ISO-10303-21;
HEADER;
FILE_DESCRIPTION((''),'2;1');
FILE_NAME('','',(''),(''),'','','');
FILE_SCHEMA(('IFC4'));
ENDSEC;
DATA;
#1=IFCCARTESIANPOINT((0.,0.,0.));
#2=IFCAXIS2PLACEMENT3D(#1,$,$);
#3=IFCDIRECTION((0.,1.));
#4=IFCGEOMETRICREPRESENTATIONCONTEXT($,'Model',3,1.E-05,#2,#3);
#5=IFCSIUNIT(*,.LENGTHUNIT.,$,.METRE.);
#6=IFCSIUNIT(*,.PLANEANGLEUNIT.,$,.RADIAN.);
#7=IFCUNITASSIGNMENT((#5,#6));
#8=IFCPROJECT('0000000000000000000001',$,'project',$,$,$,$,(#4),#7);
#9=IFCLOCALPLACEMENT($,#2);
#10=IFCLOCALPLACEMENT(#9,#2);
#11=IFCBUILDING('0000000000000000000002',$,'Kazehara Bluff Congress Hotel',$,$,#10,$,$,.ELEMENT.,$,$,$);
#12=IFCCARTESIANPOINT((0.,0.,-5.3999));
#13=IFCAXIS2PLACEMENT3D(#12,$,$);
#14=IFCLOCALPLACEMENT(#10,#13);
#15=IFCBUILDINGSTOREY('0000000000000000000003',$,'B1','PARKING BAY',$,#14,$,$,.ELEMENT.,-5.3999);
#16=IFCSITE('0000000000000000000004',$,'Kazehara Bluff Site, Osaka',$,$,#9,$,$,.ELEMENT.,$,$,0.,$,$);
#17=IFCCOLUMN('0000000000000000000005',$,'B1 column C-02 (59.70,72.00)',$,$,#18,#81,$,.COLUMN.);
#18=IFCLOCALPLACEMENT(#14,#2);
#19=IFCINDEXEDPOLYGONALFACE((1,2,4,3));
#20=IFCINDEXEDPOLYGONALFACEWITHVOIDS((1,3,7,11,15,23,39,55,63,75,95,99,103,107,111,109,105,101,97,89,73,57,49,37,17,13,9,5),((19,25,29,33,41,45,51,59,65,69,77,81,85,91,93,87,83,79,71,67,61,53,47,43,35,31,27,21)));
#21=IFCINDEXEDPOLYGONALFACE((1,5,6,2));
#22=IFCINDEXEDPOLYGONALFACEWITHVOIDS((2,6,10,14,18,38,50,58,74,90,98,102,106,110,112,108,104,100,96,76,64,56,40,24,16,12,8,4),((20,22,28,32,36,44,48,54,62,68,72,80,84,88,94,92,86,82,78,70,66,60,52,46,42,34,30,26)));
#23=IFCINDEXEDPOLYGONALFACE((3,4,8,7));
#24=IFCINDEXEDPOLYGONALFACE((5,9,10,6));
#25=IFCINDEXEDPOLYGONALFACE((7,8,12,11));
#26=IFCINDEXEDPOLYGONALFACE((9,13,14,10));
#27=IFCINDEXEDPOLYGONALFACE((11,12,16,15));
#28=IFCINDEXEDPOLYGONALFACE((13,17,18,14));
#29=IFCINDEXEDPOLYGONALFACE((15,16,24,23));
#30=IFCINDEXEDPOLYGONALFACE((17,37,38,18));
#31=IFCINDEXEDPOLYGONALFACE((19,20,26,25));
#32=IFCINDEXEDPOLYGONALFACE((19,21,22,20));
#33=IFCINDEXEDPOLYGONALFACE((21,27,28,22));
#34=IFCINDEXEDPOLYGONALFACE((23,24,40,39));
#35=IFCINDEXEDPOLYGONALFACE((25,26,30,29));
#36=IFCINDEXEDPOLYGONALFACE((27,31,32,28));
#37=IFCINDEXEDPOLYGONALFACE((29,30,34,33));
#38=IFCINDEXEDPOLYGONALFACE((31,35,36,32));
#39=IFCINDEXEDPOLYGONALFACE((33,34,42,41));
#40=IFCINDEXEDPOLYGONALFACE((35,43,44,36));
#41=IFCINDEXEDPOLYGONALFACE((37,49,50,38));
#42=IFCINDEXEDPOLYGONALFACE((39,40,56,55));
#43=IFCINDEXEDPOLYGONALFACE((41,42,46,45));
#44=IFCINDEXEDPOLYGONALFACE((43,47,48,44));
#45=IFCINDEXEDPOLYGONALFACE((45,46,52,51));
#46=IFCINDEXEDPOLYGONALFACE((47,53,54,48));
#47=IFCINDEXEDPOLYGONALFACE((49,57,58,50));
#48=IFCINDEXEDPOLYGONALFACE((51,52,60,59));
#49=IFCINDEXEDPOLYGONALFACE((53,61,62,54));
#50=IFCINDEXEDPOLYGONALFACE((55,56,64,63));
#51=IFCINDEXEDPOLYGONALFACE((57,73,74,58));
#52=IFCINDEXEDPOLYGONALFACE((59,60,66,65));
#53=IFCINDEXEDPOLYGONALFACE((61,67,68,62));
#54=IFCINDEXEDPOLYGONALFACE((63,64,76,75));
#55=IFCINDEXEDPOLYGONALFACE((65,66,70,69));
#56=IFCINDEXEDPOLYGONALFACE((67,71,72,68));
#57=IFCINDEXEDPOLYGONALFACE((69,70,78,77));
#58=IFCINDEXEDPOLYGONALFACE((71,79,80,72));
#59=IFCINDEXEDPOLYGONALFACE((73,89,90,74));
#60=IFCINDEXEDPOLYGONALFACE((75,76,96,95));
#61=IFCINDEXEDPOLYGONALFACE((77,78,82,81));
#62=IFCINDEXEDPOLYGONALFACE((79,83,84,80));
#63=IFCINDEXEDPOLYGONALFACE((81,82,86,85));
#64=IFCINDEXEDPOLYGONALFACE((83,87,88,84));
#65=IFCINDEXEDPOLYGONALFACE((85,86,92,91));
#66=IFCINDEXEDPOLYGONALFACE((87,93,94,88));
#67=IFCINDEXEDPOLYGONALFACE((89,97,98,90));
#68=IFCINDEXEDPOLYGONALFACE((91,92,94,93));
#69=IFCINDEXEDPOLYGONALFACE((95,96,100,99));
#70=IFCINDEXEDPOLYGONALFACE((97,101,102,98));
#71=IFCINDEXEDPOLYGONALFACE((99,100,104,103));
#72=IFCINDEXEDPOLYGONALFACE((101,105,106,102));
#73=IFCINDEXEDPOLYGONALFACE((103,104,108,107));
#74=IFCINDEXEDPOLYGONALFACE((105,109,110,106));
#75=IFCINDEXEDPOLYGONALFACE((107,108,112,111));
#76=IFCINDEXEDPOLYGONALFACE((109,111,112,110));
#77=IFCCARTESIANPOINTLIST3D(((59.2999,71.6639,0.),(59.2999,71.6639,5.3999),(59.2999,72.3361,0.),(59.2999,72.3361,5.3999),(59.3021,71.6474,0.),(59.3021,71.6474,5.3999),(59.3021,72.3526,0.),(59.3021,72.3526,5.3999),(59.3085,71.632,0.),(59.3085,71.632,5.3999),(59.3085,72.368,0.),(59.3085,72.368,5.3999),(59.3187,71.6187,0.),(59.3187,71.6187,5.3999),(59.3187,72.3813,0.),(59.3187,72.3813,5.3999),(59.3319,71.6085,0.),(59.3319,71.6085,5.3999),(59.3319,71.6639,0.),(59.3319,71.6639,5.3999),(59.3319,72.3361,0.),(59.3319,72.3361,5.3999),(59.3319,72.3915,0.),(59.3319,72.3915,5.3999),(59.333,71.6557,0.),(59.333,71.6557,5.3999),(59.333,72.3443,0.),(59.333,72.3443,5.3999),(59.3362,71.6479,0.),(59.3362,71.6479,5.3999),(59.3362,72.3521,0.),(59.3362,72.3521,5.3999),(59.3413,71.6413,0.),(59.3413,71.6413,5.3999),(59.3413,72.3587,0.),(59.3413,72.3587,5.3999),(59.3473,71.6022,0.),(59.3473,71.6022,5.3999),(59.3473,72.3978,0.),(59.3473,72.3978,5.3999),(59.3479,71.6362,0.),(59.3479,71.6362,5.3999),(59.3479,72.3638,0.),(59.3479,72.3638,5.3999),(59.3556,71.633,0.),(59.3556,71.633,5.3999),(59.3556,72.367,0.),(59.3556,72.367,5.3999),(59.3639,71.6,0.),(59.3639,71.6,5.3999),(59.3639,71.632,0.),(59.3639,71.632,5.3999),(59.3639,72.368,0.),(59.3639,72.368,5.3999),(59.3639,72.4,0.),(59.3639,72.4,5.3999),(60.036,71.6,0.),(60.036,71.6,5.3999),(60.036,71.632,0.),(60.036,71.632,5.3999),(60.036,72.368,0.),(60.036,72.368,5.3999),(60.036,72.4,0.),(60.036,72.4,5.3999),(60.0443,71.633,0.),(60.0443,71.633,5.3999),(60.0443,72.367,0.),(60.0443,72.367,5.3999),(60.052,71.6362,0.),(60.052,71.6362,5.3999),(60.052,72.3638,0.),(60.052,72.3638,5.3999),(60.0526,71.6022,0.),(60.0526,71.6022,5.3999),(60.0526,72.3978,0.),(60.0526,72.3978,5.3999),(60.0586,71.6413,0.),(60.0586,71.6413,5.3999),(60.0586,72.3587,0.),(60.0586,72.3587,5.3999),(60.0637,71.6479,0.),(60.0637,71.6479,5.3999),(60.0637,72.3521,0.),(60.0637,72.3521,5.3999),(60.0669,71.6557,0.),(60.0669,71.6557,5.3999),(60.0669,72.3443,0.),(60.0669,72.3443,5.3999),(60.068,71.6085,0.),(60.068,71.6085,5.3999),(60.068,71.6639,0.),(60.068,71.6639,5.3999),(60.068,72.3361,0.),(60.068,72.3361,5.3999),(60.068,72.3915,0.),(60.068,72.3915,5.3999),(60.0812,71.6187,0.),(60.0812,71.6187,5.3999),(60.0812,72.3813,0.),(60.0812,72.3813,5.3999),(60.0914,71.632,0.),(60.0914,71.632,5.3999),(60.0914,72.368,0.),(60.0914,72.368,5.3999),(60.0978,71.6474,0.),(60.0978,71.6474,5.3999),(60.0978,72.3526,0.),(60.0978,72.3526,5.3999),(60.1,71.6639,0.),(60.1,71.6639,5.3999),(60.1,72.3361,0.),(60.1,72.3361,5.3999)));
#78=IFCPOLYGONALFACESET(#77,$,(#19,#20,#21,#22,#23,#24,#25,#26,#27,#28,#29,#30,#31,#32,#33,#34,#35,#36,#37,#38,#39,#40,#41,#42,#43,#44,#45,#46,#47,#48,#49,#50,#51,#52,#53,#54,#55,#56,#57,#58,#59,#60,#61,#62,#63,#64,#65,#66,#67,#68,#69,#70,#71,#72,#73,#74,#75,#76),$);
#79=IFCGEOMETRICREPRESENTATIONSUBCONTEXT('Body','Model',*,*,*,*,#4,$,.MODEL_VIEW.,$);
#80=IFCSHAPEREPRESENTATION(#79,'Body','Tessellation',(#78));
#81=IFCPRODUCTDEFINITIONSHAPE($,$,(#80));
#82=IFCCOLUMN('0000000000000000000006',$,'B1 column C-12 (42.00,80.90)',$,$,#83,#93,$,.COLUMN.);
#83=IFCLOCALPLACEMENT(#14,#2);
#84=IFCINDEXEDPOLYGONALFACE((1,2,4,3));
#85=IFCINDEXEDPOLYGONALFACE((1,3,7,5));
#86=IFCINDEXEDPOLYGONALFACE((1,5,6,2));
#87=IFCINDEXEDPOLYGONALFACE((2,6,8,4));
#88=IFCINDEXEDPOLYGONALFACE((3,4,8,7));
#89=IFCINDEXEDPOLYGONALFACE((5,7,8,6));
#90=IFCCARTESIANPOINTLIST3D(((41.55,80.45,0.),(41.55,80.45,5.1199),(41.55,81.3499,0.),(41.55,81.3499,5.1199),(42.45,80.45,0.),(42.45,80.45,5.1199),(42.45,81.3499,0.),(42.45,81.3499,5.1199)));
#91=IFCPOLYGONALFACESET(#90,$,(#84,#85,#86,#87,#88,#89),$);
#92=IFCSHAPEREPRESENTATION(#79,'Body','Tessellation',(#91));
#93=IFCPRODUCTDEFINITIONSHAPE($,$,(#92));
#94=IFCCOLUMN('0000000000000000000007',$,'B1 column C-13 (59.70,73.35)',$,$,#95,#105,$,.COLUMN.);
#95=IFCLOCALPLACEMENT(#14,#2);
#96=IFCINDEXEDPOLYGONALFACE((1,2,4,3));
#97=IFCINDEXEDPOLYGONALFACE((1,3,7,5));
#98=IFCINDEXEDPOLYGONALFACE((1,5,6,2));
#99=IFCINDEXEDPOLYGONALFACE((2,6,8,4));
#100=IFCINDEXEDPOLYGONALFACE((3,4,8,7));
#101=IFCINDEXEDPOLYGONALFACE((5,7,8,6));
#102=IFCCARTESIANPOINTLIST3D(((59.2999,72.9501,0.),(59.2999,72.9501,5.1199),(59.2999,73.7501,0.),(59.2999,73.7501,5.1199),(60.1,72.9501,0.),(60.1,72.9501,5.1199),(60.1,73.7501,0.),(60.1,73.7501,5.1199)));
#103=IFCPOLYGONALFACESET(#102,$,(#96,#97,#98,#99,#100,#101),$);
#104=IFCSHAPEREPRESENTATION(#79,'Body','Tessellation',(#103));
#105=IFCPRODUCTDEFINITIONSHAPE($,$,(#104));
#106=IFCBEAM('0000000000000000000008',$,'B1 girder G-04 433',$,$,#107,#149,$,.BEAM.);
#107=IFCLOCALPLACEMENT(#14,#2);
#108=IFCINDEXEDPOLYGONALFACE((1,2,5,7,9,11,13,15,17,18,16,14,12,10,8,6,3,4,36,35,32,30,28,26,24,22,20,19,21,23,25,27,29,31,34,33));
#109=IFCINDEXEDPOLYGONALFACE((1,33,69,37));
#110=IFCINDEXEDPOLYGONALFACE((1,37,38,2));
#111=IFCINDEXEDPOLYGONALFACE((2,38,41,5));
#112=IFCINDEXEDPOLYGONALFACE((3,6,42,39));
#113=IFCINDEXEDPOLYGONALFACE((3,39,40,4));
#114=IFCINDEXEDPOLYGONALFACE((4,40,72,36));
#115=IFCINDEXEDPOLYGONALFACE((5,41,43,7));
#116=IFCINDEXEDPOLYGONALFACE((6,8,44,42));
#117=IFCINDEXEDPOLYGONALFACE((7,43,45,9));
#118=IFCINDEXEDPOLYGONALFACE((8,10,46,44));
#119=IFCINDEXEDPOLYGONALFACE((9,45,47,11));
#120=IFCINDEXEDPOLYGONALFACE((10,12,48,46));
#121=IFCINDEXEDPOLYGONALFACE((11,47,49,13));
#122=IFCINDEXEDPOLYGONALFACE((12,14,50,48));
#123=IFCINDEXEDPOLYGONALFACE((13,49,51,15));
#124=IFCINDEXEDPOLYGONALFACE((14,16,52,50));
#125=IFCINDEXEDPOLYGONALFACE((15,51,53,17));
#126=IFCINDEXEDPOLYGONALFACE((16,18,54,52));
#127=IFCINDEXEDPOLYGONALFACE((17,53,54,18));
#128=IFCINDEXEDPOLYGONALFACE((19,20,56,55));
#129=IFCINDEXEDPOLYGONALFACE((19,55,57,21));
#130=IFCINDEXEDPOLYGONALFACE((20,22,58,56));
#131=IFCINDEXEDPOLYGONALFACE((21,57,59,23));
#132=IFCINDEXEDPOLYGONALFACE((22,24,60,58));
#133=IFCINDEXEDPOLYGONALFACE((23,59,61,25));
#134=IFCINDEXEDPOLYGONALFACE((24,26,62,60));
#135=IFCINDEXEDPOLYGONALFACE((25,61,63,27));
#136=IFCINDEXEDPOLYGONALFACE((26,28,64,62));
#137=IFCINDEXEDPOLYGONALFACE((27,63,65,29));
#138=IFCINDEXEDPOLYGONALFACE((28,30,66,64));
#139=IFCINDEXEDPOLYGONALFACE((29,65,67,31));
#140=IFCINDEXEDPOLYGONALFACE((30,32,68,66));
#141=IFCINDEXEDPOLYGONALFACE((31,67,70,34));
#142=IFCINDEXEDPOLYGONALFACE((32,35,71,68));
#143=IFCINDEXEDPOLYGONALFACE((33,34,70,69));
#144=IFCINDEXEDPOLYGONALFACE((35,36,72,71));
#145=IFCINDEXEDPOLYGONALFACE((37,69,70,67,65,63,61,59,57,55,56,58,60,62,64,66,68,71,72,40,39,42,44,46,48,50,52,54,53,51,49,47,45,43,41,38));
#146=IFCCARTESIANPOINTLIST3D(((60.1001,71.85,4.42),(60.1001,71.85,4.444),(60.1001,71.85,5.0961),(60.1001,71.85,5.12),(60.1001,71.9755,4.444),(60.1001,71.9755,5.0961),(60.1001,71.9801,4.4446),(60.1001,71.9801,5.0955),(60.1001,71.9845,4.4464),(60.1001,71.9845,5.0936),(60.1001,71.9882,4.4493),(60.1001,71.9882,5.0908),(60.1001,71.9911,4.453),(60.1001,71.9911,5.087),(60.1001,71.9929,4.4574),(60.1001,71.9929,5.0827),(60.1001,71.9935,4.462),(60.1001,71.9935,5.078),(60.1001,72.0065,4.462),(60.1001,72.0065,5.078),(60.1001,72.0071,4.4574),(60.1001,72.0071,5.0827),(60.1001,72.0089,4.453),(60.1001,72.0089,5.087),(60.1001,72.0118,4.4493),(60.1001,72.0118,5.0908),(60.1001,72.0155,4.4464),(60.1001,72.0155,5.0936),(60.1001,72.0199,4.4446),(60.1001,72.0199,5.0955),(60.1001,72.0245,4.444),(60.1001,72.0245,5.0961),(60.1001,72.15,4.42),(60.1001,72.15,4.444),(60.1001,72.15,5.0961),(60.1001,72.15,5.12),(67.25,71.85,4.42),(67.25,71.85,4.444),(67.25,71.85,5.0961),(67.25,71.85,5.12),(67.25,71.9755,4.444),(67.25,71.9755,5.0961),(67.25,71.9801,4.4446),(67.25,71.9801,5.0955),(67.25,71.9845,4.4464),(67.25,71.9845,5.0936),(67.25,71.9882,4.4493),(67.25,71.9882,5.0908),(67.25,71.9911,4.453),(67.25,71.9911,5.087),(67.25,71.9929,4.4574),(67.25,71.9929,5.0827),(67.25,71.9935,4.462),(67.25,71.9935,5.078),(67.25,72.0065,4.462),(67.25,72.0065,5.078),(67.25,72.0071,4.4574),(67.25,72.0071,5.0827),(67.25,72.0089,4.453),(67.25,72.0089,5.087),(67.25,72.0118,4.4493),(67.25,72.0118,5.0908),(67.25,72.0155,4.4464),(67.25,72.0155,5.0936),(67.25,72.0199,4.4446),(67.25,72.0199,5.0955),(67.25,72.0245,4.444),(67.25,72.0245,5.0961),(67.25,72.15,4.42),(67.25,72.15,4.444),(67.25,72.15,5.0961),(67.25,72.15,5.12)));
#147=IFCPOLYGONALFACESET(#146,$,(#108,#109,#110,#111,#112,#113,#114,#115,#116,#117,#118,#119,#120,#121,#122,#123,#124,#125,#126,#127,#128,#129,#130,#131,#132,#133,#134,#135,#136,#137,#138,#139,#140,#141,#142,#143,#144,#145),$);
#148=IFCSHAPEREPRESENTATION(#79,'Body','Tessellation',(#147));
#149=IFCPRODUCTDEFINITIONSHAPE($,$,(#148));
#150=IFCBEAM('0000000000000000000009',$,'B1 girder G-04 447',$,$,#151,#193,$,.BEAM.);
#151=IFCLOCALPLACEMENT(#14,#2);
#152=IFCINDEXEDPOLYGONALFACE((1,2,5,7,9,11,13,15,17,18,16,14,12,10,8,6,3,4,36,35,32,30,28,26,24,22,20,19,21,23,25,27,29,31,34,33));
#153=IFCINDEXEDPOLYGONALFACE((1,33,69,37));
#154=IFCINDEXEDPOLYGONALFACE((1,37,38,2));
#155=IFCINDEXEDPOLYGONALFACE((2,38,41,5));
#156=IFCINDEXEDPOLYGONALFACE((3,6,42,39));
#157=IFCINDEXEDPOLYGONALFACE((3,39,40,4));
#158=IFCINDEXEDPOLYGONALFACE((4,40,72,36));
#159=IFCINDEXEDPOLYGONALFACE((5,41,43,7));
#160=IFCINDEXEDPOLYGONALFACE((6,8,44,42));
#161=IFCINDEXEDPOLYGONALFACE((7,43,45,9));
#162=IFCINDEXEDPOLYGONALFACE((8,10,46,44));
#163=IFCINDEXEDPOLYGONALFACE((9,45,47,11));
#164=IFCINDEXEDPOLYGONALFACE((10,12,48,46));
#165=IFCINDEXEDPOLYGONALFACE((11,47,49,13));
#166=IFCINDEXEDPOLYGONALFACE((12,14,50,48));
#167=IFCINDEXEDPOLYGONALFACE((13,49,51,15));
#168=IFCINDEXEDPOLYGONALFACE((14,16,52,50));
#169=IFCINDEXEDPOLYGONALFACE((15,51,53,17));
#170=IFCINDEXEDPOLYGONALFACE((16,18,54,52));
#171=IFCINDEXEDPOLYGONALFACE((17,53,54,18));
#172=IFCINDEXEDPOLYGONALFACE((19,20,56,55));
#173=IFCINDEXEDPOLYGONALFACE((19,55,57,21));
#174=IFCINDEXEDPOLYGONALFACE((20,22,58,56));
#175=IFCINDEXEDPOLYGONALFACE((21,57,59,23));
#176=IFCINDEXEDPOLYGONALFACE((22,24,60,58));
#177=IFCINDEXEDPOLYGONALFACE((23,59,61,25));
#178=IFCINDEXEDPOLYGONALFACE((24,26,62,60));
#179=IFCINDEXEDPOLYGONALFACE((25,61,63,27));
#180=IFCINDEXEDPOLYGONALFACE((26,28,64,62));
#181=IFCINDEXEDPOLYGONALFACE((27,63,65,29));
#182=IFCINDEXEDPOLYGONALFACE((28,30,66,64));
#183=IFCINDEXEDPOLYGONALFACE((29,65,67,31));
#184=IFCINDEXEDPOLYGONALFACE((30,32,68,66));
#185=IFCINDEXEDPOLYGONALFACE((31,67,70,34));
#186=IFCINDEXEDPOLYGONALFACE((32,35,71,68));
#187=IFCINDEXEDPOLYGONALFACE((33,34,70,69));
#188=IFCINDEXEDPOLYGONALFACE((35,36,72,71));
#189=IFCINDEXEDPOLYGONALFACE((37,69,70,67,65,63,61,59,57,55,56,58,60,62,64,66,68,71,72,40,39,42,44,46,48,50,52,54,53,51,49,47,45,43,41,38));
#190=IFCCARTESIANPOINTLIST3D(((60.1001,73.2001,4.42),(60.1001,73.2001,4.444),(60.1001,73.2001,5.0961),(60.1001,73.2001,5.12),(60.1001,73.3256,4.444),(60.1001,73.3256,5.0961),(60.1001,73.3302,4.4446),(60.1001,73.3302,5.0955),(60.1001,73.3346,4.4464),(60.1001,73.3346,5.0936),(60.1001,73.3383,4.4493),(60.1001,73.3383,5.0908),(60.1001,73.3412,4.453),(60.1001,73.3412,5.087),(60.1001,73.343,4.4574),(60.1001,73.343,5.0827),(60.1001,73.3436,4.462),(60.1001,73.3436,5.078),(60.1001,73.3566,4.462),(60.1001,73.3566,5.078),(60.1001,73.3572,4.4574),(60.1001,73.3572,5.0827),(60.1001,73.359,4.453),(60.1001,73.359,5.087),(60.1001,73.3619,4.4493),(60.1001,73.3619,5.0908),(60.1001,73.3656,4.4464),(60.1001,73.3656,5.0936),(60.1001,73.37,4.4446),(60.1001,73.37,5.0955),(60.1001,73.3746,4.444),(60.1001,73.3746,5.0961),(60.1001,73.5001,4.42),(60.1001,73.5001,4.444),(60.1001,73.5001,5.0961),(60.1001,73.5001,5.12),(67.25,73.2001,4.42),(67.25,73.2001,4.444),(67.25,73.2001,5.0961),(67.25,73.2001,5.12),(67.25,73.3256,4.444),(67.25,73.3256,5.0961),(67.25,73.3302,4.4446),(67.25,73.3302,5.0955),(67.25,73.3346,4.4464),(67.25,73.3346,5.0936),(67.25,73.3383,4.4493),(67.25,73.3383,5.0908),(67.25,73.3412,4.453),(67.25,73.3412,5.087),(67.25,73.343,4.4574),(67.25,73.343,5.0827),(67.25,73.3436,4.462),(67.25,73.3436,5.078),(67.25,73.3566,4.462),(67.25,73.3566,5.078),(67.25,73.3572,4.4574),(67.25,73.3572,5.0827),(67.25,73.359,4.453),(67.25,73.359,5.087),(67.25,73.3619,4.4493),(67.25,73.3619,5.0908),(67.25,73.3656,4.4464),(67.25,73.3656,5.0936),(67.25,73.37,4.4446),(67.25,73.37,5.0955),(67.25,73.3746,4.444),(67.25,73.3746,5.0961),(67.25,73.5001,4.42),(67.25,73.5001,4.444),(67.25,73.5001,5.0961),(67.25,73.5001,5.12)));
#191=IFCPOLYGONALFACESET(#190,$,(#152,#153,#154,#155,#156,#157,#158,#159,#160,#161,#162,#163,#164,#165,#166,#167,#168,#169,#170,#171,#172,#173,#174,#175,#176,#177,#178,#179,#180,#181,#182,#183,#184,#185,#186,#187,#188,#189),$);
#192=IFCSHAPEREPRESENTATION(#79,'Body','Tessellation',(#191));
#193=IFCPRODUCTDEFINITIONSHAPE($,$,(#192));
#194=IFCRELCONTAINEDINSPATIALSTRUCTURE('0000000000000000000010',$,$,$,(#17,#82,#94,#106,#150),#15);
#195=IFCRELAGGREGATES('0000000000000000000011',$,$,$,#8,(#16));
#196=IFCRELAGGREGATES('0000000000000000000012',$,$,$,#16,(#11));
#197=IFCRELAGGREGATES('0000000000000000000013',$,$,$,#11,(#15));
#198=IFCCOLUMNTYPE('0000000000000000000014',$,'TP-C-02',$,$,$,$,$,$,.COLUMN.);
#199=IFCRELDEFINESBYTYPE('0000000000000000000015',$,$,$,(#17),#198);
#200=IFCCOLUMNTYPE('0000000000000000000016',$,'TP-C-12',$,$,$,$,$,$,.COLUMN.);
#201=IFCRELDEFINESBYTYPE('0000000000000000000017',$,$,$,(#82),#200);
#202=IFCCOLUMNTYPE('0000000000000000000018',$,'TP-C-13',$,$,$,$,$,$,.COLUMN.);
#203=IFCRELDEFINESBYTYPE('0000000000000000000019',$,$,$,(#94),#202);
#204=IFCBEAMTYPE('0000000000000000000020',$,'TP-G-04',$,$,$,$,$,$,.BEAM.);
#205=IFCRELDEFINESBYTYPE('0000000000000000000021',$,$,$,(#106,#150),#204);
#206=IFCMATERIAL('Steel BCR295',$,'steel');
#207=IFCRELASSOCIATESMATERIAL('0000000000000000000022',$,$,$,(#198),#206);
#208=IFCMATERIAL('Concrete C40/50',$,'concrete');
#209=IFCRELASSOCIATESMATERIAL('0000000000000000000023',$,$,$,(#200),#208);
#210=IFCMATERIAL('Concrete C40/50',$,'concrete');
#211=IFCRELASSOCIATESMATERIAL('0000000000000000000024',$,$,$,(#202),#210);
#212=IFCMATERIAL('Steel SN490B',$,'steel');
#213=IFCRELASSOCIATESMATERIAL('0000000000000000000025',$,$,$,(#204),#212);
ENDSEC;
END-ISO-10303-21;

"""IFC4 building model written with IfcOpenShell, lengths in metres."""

from ifc_helpers import new_model, si_unit, direction, frame, origin, origin_2d, place, context, subcontext, project, spatial, rectangle, hollow_rectangle, i_section, extrude, material, material_profile, profile_set, type_object, element, save


model = new_model("IFC4")

# Units and contexts
model_context = context("Model", 3, precision=1e-05, world=origin(), true_north=direction((0.0, 1.0)))
body_context = subcontext(model_context, "Body", "Model", "MODEL_VIEW")
ifc_project = project(units=[si_unit("LENGTHUNIT", "METRE"), si_unit("PLANEANGLEUNIT", "RADIAN")], contexts=[model_context])

# Site, building, storey
site_placement = place(None, origin())
site = spatial("IfcSite", under=ifc_project, at=site_placement, Name="Kazehara Bluff Site, Osaka", CompositionType="ELEMENT", RefElevation=0.0)
building_placement = place(site_placement, origin())
building = spatial("IfcBuilding", under=site, at=building_placement, Name="Kazehara Bluff Congress Hotel", CompositionType="ELEMENT")
storey_placement = place(building_placement, frame((0.0, 0.0, -5.3999)))
storey = spatial("IfcBuildingStorey", under=building, at=storey_placement, Name="B1", Description="PARKING BAY", CompositionType="ELEMENT", Elevation=-5.3999)

# Columns
ifc_material_1 = material(Name="Steel BCR295", Category="steel")
ifc_material_profile_1 = material_profile(ifc_material_1, hollow_rectangle(XDim=0.8, YDim=0.8, WallThickness=0.032, InnerFilletRadius=0.032, OuterFilletRadius=0.064, at=origin_2d()))
ifc_profile_set_1 = profile_set([ifc_material_profile_1], Name="Steel BCR295")
column_type_1 = type_object("IfcColumnType", Name="TP-C-02", PredefinedType="COLUMN", material=ifc_profile_set_1)
column_1_placement = place(storey_placement, frame((59.7, 72.0, 0.0), z_axis=(0.0, 0.0, 1.0), x_axis=(1.0, 0.0, 0.0)))
element("IfcColumn", 1, at=column_1_placement, inside=storey, type_object=column_type_1, Name="B1 column C-02 (59.70,72.00)", PredefinedType="COLUMN", context=body_context, shape_type="SweptSolid", body=[
    extrude(hollow_rectangle(XDim=0.8, YDim=0.8, WallThickness=0.032, InnerFilletRadius=0.032, OuterFilletRadius=0.064, at=origin_2d()), origin(), (0.0, 0.0, 1.0), 5.3999),
])
ifc_material_2 = material(Name="Concrete C40/50", Category="concrete")
ifc_material_profile_2 = material_profile(ifc_material_2, rectangle(XDim=0.8999, YDim=0.8999, at=origin_2d()))
ifc_profile_set_2 = profile_set([ifc_material_profile_2], Name="Concrete C40/50")
column_type_2 = type_object("IfcColumnType", Name="TP-C-12", PredefinedType="COLUMN", material=ifc_profile_set_2)
column_2_placement = place(storey_placement, frame((42.0, 80.8999, 0.0), z_axis=(0.0, 0.0, 1.0), x_axis=(1.0, 0.0, 0.0)))
element("IfcColumn", 2, at=column_2_placement, inside=storey, type_object=column_type_2, Name="B1 column C-12 (42.00,80.90)", PredefinedType="COLUMN", context=body_context, shape_type="SweptSolid", body=[
    extrude(rectangle(XDim=0.8999, YDim=0.8999, at=origin_2d()), origin(), (0.0, 0.0, 1.0), 5.1199),
])
ifc_material_3 = material(Name="Concrete C40/50", Category="concrete")
ifc_material_profile_3 = material_profile(ifc_material_3, rectangle(XDim=0.8, YDim=0.8, at=origin_2d()))
ifc_profile_set_3 = profile_set([ifc_material_profile_3], Name="Concrete C40/50")
column_type_3 = type_object("IfcColumnType", Name="TP-C-13", PredefinedType="COLUMN", material=ifc_profile_set_3)
column_3_placement = place(storey_placement, frame((59.7, 73.3501, 0.0), z_axis=(0.0, 0.0, 1.0), x_axis=(1.0, 0.0, 0.0)))
element("IfcColumn", 3, at=column_3_placement, inside=storey, type_object=column_type_3, Name="B1 column C-13 (59.70,73.35)", PredefinedType="COLUMN", context=body_context, shape_type="SweptSolid", body=[
    extrude(rectangle(XDim=0.8, YDim=0.8, at=origin_2d()), origin(), (0.0, 0.0, 1.0), 5.1199),
])

# Beams
ifc_material_4 = material(Name="Steel SN490B", Category="steel")
ifc_material_profile_4 = material_profile(ifc_material_4, i_section(OverallWidth=0.3, OverallDepth=0.7, WebThickness=0.0129, FlangeThickness=0.0239, FilletRadius=0.0181, at=origin_2d()))
ifc_profile_set_4 = profile_set([ifc_material_profile_4], Name="Steel SN490B")
beam_type_1 = type_object("IfcBeamType", Name="TP-G-04", PredefinedType="BEAM", material=ifc_profile_set_4)
for number, where, z_axis, x_axis, name in (
    (4, (60.1001, 72.0, 4.77), (1.0, 0.0, 0.0), (0.0, 1.0, 0.0), "B1 girder G-04 433"),
    (5, (60.1001, 73.3501, 4.77), (1.0, 0.0, 0.0), (0.0, 1.0, 0.0), "B1 girder G-04 447"),
):
    element("IfcBeam", number, at=place(storey_placement, frame(where, z_axis=z_axis, x_axis=x_axis)), inside=storey, type_object=beam_type_1, Name=name, PredefinedType="BEAM", context=body_context, shape_type="SweptSolid", body=[
        extrude(i_section(OverallWidth=0.3, OverallDepth=0.7, WebThickness=0.0129, FlangeThickness=0.0239, FilletRadius=0.0181, at=origin_2d()), origin(), (0.0, 0.0, 1.0), 7.1499),
    ])

save(model, "model.ifc")
